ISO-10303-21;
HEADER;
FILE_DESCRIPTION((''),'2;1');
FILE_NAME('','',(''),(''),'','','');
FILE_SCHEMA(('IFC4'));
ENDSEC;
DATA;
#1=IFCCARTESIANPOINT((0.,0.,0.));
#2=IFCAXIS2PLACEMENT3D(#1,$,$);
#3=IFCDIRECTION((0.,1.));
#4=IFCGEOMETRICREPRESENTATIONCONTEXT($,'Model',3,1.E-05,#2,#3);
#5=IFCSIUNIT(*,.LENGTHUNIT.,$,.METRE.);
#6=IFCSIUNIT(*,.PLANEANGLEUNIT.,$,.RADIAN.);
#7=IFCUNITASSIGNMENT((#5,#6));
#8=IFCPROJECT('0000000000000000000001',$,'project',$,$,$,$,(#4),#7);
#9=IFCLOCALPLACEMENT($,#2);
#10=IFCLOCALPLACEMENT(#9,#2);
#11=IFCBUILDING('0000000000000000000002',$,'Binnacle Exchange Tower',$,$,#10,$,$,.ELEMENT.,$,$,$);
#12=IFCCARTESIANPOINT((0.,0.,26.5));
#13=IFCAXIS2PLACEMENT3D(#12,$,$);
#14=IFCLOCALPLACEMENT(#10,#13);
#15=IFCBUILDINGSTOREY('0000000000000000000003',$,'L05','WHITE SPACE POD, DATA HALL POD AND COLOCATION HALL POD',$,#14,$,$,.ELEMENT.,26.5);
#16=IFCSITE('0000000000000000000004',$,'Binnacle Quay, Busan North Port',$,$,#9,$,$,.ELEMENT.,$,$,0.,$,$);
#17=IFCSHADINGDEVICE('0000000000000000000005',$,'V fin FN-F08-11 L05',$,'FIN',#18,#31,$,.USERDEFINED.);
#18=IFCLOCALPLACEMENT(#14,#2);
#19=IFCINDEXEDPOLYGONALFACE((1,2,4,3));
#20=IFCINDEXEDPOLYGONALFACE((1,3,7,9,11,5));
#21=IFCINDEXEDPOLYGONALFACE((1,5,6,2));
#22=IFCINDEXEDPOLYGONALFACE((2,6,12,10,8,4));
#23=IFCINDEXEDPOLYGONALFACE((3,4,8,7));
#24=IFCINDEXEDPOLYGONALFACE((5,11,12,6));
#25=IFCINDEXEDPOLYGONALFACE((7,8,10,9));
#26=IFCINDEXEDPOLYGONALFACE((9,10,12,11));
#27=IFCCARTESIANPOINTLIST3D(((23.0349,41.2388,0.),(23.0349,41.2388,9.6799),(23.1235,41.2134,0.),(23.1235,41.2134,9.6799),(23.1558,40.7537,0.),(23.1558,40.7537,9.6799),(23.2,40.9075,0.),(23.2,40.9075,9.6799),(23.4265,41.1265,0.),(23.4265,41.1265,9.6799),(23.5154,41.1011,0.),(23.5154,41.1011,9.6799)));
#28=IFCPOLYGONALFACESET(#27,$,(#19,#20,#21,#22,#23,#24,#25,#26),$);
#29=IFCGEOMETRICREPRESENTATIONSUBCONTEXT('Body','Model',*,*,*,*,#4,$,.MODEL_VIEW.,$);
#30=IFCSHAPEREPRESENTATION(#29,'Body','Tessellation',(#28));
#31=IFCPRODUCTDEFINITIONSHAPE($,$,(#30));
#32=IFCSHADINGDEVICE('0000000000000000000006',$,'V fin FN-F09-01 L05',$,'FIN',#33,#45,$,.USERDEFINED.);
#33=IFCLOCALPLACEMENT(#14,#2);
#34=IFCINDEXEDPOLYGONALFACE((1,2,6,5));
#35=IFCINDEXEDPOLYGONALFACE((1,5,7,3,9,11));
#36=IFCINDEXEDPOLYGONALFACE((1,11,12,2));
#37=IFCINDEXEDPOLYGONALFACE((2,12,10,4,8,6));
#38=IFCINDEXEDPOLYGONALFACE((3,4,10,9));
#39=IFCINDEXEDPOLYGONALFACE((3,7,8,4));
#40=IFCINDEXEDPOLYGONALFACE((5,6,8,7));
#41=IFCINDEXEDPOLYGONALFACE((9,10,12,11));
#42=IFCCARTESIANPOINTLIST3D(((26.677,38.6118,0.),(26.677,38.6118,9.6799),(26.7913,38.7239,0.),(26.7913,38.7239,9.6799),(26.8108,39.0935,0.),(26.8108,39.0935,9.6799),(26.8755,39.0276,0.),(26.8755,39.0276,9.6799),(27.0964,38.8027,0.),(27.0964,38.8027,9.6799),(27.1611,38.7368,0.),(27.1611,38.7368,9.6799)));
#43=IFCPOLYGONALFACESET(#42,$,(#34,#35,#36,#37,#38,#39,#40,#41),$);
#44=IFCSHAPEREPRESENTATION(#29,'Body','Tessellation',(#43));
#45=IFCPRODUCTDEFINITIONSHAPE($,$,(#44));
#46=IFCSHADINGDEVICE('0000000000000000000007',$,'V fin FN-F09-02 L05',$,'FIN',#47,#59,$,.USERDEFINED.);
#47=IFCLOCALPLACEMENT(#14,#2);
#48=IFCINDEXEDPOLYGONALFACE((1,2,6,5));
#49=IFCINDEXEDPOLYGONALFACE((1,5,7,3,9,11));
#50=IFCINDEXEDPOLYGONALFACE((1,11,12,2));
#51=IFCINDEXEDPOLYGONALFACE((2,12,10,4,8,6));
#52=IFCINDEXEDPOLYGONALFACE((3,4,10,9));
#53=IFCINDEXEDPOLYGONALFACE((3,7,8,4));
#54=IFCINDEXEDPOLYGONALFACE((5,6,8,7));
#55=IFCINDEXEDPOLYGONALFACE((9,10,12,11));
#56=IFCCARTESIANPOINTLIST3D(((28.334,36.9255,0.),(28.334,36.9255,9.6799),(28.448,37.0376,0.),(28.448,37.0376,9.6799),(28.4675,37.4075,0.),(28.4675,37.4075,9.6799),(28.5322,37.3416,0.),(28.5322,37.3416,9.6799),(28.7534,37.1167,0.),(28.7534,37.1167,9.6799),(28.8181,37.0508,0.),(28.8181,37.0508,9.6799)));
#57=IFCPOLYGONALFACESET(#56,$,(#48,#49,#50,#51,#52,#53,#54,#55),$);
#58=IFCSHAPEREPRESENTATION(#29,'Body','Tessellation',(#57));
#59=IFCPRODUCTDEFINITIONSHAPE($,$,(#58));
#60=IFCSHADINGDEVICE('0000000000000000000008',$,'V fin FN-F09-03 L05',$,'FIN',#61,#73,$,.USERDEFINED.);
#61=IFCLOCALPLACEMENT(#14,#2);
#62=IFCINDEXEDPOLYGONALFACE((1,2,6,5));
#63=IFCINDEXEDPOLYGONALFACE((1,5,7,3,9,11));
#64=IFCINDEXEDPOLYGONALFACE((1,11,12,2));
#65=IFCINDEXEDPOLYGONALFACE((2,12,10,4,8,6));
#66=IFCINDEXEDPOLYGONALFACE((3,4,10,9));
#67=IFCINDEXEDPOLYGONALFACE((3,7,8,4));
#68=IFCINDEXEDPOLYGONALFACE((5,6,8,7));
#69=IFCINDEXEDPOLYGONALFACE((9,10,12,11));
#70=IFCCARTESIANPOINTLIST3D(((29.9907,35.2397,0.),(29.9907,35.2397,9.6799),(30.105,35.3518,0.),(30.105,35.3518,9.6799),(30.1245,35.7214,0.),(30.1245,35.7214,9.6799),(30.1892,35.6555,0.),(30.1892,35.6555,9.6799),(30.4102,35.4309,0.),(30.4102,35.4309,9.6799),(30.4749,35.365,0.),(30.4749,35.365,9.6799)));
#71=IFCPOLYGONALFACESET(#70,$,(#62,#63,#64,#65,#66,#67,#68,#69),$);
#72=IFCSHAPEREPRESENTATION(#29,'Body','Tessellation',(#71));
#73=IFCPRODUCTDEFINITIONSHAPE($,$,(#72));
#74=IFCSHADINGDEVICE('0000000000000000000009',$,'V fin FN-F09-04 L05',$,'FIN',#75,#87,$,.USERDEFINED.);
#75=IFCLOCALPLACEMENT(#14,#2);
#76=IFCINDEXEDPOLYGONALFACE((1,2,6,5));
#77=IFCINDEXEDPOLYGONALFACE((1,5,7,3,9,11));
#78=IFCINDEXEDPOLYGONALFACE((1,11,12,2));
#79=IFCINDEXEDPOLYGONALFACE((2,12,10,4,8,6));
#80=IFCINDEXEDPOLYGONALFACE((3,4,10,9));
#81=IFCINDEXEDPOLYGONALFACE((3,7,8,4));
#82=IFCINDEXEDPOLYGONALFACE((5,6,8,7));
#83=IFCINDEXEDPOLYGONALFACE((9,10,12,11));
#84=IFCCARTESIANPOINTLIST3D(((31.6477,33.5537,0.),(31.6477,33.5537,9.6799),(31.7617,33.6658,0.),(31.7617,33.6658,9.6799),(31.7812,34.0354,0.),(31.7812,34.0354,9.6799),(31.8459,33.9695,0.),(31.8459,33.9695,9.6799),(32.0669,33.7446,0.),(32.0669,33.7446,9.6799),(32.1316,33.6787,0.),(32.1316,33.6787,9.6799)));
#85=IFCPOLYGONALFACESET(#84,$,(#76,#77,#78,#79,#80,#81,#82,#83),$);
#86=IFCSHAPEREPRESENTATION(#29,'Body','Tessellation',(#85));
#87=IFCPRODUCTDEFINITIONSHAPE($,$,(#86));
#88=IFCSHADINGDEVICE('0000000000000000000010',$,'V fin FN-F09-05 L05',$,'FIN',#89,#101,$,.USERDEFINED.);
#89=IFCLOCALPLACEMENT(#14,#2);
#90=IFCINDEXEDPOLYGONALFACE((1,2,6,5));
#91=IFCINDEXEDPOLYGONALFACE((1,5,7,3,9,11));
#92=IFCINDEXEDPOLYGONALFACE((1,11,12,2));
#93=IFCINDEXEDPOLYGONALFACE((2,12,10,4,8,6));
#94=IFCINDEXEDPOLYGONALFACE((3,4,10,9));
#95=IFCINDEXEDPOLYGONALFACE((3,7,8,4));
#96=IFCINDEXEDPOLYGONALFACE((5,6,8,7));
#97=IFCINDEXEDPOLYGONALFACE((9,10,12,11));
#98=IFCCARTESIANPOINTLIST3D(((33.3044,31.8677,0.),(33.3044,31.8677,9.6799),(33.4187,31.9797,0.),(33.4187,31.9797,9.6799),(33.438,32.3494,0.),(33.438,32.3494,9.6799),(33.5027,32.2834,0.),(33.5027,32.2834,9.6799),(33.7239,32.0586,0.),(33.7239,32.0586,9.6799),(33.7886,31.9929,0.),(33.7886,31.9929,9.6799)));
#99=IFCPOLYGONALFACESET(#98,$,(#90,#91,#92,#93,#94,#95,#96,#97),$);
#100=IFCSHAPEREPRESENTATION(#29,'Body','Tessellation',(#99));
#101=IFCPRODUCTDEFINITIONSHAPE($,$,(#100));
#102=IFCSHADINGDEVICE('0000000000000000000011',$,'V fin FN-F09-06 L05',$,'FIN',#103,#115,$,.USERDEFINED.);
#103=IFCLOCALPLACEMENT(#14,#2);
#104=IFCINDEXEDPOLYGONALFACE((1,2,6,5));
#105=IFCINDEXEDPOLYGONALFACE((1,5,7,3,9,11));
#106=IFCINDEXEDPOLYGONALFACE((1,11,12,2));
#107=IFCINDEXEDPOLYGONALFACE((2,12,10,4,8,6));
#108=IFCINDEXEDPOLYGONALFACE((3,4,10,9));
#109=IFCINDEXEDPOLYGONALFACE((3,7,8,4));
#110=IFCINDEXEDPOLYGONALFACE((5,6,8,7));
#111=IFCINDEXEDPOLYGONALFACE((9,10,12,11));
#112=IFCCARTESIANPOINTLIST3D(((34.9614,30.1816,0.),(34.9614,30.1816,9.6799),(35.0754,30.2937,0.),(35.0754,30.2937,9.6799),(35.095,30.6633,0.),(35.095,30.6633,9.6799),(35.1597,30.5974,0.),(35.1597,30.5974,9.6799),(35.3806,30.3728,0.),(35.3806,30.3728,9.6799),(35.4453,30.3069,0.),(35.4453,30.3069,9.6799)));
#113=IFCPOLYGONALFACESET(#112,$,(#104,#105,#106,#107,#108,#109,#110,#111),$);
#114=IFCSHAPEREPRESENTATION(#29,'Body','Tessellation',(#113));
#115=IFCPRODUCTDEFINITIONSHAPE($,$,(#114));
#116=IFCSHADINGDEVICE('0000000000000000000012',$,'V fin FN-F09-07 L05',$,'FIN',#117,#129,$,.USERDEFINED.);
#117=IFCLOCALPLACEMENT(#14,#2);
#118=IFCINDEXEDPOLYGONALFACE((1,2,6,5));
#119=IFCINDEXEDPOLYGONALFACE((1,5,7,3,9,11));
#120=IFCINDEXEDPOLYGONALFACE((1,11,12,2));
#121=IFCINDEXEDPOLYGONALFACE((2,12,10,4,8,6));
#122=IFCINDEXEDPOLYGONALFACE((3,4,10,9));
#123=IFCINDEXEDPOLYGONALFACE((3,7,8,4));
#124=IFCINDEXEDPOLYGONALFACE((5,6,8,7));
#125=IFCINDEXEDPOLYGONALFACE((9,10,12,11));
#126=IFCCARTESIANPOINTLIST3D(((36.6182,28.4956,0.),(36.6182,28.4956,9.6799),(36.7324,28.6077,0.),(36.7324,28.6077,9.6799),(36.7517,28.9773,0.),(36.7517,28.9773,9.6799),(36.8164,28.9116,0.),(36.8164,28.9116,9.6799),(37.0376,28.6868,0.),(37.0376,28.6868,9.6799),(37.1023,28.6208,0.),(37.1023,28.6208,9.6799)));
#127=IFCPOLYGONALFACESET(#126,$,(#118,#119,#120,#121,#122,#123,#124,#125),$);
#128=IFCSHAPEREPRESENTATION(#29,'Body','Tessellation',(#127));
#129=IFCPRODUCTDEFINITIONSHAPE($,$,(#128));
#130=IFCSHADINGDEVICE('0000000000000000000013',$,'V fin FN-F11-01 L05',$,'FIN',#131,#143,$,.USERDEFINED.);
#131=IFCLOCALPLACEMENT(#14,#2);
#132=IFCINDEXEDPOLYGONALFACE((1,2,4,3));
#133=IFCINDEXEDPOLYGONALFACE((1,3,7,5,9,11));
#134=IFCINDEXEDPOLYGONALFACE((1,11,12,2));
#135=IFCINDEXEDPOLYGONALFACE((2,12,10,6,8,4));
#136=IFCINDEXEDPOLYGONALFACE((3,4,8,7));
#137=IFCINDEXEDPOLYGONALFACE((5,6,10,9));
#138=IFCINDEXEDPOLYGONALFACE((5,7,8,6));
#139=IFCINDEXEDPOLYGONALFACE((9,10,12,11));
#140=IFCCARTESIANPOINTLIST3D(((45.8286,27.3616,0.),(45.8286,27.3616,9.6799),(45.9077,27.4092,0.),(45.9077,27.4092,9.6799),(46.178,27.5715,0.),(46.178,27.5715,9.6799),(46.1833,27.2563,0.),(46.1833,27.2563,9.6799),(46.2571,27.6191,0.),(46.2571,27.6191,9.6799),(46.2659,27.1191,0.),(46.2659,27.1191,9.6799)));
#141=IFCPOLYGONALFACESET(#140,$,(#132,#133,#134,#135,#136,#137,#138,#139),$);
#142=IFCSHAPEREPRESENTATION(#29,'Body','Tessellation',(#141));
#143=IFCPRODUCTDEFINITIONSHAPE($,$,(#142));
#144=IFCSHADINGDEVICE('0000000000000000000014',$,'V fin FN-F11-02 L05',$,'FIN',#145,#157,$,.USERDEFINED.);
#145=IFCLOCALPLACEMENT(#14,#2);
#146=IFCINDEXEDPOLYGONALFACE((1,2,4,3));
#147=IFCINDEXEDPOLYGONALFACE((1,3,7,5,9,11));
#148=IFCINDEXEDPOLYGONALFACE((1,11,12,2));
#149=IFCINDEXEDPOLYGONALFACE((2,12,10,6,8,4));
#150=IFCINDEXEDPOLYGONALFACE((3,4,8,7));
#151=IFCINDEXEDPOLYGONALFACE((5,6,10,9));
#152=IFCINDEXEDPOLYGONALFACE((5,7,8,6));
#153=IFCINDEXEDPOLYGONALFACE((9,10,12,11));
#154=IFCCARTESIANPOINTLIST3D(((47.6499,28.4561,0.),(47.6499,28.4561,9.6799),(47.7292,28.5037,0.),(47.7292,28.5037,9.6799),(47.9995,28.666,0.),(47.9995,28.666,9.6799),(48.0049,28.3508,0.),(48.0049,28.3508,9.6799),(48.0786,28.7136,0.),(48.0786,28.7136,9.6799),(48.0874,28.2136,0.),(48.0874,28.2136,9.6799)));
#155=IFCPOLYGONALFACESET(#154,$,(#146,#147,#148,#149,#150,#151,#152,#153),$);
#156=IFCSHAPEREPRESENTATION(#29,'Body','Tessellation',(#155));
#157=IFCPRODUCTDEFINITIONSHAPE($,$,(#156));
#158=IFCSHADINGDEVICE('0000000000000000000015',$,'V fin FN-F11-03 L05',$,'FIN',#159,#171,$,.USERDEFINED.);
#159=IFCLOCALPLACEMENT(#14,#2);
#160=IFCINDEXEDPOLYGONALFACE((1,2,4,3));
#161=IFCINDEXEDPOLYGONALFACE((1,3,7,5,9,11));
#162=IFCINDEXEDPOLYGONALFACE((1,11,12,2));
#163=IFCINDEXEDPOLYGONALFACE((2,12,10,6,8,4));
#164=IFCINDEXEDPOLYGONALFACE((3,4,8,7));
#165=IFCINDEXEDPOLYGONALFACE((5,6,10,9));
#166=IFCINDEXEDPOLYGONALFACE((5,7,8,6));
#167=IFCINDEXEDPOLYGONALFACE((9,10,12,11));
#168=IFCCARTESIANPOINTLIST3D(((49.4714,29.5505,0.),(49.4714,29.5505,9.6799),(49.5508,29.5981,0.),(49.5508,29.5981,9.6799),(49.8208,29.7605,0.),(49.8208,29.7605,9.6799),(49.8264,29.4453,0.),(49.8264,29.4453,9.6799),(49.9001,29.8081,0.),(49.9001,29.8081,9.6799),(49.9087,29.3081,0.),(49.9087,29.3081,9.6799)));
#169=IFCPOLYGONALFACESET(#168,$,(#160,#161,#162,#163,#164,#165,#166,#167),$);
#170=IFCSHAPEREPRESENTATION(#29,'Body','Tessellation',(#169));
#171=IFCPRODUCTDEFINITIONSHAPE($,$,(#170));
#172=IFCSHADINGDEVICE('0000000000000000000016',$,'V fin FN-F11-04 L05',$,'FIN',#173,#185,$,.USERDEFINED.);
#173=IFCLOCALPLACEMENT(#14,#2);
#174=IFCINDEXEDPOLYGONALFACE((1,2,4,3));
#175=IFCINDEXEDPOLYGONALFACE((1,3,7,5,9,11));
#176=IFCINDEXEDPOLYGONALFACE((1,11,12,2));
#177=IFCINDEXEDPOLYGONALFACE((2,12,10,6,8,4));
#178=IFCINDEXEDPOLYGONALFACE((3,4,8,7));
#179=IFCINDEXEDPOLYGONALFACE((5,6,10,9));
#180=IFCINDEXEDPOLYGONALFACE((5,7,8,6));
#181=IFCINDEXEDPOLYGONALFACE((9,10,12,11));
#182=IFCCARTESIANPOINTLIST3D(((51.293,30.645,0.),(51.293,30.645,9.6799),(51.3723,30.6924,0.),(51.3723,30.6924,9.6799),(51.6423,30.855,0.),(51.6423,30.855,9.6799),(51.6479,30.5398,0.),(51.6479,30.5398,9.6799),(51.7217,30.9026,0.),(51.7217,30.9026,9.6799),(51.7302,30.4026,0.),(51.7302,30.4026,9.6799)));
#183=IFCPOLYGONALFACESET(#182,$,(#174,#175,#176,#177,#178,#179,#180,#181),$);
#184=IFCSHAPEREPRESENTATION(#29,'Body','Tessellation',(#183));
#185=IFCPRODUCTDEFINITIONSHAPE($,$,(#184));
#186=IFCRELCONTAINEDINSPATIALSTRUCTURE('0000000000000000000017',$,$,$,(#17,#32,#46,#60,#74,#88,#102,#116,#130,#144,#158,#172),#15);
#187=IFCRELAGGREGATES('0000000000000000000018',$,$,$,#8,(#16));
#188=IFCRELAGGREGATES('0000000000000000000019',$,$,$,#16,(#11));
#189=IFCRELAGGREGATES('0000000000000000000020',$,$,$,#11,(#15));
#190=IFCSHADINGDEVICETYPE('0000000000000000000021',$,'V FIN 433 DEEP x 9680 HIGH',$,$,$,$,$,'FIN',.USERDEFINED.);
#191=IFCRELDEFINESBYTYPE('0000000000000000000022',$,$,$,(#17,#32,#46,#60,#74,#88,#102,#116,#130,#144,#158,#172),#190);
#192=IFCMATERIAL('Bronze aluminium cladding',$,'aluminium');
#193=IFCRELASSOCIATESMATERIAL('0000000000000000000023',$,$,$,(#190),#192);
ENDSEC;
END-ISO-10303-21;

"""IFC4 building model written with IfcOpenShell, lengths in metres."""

from ifc_helpers import new_model, si_unit, direction, frame, origin, place, context, subcontext, project, spatial, polyline, outline, extrude, material, type_object, element, save


model = new_model("IFC4")

# Units and contexts
model_context = context("Model", 3, precision=1e-05, world=origin(), true_north=direction((0.0, 1.0)))
body_context = subcontext(model_context, "Body", "Model", "MODEL_VIEW")
ifc_project = project(units=[si_unit("LENGTHUNIT", "METRE"), si_unit("PLANEANGLEUNIT", "RADIAN")], contexts=[model_context])

# Site, building, storey
site_placement = place(None, origin())
site = spatial("IfcSite", under=ifc_project, at=site_placement, Name="Binnacle Quay, Busan North Port", CompositionType="ELEMENT", RefElevation=0.0)
building_placement = place(site_placement, origin())
building = spatial("IfcBuilding", under=site, at=building_placement, Name="Binnacle Exchange Tower", CompositionType="ELEMENT")
storey_placement = place(building_placement, frame((0.0, 0.0, 26.5)))
storey = spatial("IfcBuildingStorey", under=building, at=storey_placement, Name="L05", Description="WHITE SPACE POD, DATA HALL POD AND COLOCATION HALL POD", CompositionType="ELEMENT", Elevation=26.5)

# Shading devices
ifc_material = material(Name="Bronze aluminium cladding", Category="aluminium")
shading_device_type = type_object("IfcShadingDeviceType", Name="V FIN 433 DEEP x 9680 HIGH", ElementType="FIN", PredefinedType="USERDEFINED", material=ifc_material)
shading_device_1_placement = place(storey_placement, origin())
element("IfcShadingDevice", 1, at=shading_device_1_placement, inside=storey, type_object=shading_device_type, Name="V fin FN-F08-11 L05", ObjectType="FIN", PredefinedType="USERDEFINED", context=body_context, shape_type="SweptSolid", body=[
    extrude(outline(polyline([(23.0349, 41.2388), (23.1558, 40.7537), (23.5154, 41.1011), (23.4265, 41.1265), (23.2, 40.9075), (23.1235, 41.2134), (23.0349, 41.2388)])), origin(), (0.0, 0.0, 1.0), 9.6799),
])
shading_device_2_placement = place(storey_placement, origin())
element("IfcShadingDevice", 2, at=shading_device_2_placement, inside=storey, type_object=shading_device_type, Name="V fin FN-F09-01 L05", ObjectType="FIN", PredefinedType="USERDEFINED", context=body_context, shape_type="SweptSolid", body=[
    extrude(outline(polyline([(26.8108, 39.0935), (26.677, 38.6118), (27.1611, 38.7368), (27.0964, 38.8027), (26.7913, 38.7239), (26.8755, 39.0276), (26.8108, 39.0935)])), origin(), (0.0, 0.0, 1.0), 9.6799),
])
shading_device_3_placement = place(storey_placement, origin())
element("IfcShadingDevice", 3, at=shading_device_3_placement, inside=storey, type_object=shading_device_type, Name="V fin FN-F09-02 L05", ObjectType="FIN", PredefinedType="USERDEFINED", context=body_context, shape_type="SweptSolid", body=[
    extrude(outline(polyline([(28.4675, 37.4075), (28.334, 36.9255), (28.8181, 37.0508), (28.7534, 37.1167), (28.448, 37.0376), (28.5322, 37.3416), (28.4675, 37.4075)])), origin(), (0.0, 0.0, 1.0), 9.6799),
])
shading_device_4_placement = place(storey_placement, origin())
element("IfcShadingDevice", 4, at=shading_device_4_placement, inside=storey, type_object=shading_device_type, Name="V fin FN-F09-03 L05", ObjectType="FIN", PredefinedType="USERDEFINED", context=body_context, shape_type="SweptSolid", body=[
    extrude(outline(polyline([(30.1245, 35.7214), (29.9907, 35.2397), (30.4749, 35.365), (30.4102, 35.4309), (30.105, 35.3518), (30.1892, 35.6555), (30.1245, 35.7214)])), origin(), (0.0, 0.0, 1.0), 9.6799),
])
shading_device_5_placement = place(storey_placement, origin())
element("IfcShadingDevice", 5, at=shading_device_5_placement, inside=storey, type_object=shading_device_type, Name="V fin FN-F09-04 L05", ObjectType="FIN", PredefinedType="USERDEFINED", context=body_context, shape_type="SweptSolid", body=[
    extrude(outline(polyline([(31.7812, 34.0354), (31.6477, 33.5537), (32.1316, 33.6787), (32.0669, 33.7446), (31.7617, 33.6658), (31.8459, 33.9695), (31.7812, 34.0354)])), origin(), (0.0, 0.0, 1.0), 9.6799),
])
shading_device_6_placement = place(storey_placement, origin())
element("IfcShadingDevice", 6, at=shading_device_6_placement, inside=storey, type_object=shading_device_type, Name="V fin FN-F09-05 L05", ObjectType="FIN", PredefinedType="USERDEFINED", context=body_context, shape_type="SweptSolid", body=[
    extrude(outline(polyline([(33.438, 32.3494), (33.3044, 31.8677), (33.7886, 31.9929), (33.7239, 32.0586), (33.4187, 31.9797), (33.5027, 32.2834), (33.438, 32.3494)])), origin(), (0.0, 0.0, 1.0), 9.6799),
])
shading_device_7_placement = place(storey_placement, origin())
element("IfcShadingDevice", 7, at=shading_device_7_placement, inside=storey, type_object=shading_device_type, Name="V fin FN-F09-06 L05", ObjectType="FIN", PredefinedType="USERDEFINED", context=body_context, shape_type="SweptSolid", body=[
    extrude(outline(polyline([(35.095, 30.6633), (34.9614, 30.1816), (35.4453, 30.3069), (35.3806, 30.3728), (35.0754, 30.2937), (35.1597, 30.5974), (35.095, 30.6633)])), origin(), (0.0, 0.0, 1.0), 9.6799),
])
shading_device_8_placement = place(storey_placement, origin())
element("IfcShadingDevice", 8, at=shading_device_8_placement, inside=storey, type_object=shading_device_type, Name="V fin FN-F09-07 L05", ObjectType="FIN", PredefinedType="USERDEFINED", context=body_context, shape_type="SweptSolid", body=[
    extrude(outline(polyline([(36.7517, 28.9773), (36.6182, 28.4956), (37.1023, 28.6208), (37.0376, 28.6868), (36.7324, 28.6077), (36.8164, 28.9116), (36.7517, 28.9773)])), origin(), (0.0, 0.0, 1.0), 9.6799),
])
shading_device_9_placement = place(storey_placement, origin())
element("IfcShadingDevice", 9, at=shading_device_9_placement, inside=storey, type_object=shading_device_type, Name="V fin FN-F11-01 L05", ObjectType="FIN", PredefinedType="USERDEFINED", context=body_context, shape_type="SweptSolid", body=[
    extrude(outline(polyline([(45.8286, 27.3616), (46.2659, 27.1191), (46.2571, 27.6191), (46.178, 27.5715), (46.1833, 27.2563), (45.9077, 27.4092), (45.8286, 27.3616)])), origin(), (0.0, 0.0, 1.0), 9.6799),
])
shading_device_10_placement = place(storey_placement, origin())
element("IfcShadingDevice", 10, at=shading_device_10_placement, inside=storey, type_object=shading_device_type, Name="V fin FN-F11-02 L05", ObjectType="FIN", PredefinedType="USERDEFINED", context=body_context, shape_type="SweptSolid", body=[
    extrude(outline(polyline([(47.6499, 28.4561), (48.0874, 28.2136), (48.0786, 28.7136), (47.9995, 28.666), (48.0049, 28.3508), (47.7292, 28.5037), (47.6499, 28.4561)])), origin(), (0.0, 0.0, 1.0), 9.6799),
])
shading_device_11_placement = place(storey_placement, origin())
element("IfcShadingDevice", 11, at=shading_device_11_placement, inside=storey, type_object=shading_device_type, Name="V fin FN-F11-03 L05", ObjectType="FIN", PredefinedType="USERDEFINED", context=body_context, shape_type="SweptSolid", body=[
    extrude(outline(polyline([(49.4714, 29.5505), (49.9087, 29.3081), (49.9001, 29.8081), (49.8208, 29.7605), (49.8264, 29.4453), (49.5508, 29.5981), (49.4714, 29.5505)])), origin(), (0.0, 0.0, 1.0), 9.6799),
])
shading_device_12_placement = place(storey_placement, origin())
element("IfcShadingDevice", 12, at=shading_device_12_placement, inside=storey, type_object=shading_device_type, Name="V fin FN-F11-04 L05", ObjectType="FIN", PredefinedType="USERDEFINED", context=body_context, shape_type="SweptSolid", body=[
    extrude(outline(polyline([(51.293, 30.645), (51.7302, 30.4026), (51.7217, 30.9026), (51.6423, 30.855), (51.6479, 30.5398), (51.3723, 30.6924), (51.293, 30.645)])), origin(), (0.0, 0.0, 1.0), 9.6799),
])

save(model, "model.ifc")
